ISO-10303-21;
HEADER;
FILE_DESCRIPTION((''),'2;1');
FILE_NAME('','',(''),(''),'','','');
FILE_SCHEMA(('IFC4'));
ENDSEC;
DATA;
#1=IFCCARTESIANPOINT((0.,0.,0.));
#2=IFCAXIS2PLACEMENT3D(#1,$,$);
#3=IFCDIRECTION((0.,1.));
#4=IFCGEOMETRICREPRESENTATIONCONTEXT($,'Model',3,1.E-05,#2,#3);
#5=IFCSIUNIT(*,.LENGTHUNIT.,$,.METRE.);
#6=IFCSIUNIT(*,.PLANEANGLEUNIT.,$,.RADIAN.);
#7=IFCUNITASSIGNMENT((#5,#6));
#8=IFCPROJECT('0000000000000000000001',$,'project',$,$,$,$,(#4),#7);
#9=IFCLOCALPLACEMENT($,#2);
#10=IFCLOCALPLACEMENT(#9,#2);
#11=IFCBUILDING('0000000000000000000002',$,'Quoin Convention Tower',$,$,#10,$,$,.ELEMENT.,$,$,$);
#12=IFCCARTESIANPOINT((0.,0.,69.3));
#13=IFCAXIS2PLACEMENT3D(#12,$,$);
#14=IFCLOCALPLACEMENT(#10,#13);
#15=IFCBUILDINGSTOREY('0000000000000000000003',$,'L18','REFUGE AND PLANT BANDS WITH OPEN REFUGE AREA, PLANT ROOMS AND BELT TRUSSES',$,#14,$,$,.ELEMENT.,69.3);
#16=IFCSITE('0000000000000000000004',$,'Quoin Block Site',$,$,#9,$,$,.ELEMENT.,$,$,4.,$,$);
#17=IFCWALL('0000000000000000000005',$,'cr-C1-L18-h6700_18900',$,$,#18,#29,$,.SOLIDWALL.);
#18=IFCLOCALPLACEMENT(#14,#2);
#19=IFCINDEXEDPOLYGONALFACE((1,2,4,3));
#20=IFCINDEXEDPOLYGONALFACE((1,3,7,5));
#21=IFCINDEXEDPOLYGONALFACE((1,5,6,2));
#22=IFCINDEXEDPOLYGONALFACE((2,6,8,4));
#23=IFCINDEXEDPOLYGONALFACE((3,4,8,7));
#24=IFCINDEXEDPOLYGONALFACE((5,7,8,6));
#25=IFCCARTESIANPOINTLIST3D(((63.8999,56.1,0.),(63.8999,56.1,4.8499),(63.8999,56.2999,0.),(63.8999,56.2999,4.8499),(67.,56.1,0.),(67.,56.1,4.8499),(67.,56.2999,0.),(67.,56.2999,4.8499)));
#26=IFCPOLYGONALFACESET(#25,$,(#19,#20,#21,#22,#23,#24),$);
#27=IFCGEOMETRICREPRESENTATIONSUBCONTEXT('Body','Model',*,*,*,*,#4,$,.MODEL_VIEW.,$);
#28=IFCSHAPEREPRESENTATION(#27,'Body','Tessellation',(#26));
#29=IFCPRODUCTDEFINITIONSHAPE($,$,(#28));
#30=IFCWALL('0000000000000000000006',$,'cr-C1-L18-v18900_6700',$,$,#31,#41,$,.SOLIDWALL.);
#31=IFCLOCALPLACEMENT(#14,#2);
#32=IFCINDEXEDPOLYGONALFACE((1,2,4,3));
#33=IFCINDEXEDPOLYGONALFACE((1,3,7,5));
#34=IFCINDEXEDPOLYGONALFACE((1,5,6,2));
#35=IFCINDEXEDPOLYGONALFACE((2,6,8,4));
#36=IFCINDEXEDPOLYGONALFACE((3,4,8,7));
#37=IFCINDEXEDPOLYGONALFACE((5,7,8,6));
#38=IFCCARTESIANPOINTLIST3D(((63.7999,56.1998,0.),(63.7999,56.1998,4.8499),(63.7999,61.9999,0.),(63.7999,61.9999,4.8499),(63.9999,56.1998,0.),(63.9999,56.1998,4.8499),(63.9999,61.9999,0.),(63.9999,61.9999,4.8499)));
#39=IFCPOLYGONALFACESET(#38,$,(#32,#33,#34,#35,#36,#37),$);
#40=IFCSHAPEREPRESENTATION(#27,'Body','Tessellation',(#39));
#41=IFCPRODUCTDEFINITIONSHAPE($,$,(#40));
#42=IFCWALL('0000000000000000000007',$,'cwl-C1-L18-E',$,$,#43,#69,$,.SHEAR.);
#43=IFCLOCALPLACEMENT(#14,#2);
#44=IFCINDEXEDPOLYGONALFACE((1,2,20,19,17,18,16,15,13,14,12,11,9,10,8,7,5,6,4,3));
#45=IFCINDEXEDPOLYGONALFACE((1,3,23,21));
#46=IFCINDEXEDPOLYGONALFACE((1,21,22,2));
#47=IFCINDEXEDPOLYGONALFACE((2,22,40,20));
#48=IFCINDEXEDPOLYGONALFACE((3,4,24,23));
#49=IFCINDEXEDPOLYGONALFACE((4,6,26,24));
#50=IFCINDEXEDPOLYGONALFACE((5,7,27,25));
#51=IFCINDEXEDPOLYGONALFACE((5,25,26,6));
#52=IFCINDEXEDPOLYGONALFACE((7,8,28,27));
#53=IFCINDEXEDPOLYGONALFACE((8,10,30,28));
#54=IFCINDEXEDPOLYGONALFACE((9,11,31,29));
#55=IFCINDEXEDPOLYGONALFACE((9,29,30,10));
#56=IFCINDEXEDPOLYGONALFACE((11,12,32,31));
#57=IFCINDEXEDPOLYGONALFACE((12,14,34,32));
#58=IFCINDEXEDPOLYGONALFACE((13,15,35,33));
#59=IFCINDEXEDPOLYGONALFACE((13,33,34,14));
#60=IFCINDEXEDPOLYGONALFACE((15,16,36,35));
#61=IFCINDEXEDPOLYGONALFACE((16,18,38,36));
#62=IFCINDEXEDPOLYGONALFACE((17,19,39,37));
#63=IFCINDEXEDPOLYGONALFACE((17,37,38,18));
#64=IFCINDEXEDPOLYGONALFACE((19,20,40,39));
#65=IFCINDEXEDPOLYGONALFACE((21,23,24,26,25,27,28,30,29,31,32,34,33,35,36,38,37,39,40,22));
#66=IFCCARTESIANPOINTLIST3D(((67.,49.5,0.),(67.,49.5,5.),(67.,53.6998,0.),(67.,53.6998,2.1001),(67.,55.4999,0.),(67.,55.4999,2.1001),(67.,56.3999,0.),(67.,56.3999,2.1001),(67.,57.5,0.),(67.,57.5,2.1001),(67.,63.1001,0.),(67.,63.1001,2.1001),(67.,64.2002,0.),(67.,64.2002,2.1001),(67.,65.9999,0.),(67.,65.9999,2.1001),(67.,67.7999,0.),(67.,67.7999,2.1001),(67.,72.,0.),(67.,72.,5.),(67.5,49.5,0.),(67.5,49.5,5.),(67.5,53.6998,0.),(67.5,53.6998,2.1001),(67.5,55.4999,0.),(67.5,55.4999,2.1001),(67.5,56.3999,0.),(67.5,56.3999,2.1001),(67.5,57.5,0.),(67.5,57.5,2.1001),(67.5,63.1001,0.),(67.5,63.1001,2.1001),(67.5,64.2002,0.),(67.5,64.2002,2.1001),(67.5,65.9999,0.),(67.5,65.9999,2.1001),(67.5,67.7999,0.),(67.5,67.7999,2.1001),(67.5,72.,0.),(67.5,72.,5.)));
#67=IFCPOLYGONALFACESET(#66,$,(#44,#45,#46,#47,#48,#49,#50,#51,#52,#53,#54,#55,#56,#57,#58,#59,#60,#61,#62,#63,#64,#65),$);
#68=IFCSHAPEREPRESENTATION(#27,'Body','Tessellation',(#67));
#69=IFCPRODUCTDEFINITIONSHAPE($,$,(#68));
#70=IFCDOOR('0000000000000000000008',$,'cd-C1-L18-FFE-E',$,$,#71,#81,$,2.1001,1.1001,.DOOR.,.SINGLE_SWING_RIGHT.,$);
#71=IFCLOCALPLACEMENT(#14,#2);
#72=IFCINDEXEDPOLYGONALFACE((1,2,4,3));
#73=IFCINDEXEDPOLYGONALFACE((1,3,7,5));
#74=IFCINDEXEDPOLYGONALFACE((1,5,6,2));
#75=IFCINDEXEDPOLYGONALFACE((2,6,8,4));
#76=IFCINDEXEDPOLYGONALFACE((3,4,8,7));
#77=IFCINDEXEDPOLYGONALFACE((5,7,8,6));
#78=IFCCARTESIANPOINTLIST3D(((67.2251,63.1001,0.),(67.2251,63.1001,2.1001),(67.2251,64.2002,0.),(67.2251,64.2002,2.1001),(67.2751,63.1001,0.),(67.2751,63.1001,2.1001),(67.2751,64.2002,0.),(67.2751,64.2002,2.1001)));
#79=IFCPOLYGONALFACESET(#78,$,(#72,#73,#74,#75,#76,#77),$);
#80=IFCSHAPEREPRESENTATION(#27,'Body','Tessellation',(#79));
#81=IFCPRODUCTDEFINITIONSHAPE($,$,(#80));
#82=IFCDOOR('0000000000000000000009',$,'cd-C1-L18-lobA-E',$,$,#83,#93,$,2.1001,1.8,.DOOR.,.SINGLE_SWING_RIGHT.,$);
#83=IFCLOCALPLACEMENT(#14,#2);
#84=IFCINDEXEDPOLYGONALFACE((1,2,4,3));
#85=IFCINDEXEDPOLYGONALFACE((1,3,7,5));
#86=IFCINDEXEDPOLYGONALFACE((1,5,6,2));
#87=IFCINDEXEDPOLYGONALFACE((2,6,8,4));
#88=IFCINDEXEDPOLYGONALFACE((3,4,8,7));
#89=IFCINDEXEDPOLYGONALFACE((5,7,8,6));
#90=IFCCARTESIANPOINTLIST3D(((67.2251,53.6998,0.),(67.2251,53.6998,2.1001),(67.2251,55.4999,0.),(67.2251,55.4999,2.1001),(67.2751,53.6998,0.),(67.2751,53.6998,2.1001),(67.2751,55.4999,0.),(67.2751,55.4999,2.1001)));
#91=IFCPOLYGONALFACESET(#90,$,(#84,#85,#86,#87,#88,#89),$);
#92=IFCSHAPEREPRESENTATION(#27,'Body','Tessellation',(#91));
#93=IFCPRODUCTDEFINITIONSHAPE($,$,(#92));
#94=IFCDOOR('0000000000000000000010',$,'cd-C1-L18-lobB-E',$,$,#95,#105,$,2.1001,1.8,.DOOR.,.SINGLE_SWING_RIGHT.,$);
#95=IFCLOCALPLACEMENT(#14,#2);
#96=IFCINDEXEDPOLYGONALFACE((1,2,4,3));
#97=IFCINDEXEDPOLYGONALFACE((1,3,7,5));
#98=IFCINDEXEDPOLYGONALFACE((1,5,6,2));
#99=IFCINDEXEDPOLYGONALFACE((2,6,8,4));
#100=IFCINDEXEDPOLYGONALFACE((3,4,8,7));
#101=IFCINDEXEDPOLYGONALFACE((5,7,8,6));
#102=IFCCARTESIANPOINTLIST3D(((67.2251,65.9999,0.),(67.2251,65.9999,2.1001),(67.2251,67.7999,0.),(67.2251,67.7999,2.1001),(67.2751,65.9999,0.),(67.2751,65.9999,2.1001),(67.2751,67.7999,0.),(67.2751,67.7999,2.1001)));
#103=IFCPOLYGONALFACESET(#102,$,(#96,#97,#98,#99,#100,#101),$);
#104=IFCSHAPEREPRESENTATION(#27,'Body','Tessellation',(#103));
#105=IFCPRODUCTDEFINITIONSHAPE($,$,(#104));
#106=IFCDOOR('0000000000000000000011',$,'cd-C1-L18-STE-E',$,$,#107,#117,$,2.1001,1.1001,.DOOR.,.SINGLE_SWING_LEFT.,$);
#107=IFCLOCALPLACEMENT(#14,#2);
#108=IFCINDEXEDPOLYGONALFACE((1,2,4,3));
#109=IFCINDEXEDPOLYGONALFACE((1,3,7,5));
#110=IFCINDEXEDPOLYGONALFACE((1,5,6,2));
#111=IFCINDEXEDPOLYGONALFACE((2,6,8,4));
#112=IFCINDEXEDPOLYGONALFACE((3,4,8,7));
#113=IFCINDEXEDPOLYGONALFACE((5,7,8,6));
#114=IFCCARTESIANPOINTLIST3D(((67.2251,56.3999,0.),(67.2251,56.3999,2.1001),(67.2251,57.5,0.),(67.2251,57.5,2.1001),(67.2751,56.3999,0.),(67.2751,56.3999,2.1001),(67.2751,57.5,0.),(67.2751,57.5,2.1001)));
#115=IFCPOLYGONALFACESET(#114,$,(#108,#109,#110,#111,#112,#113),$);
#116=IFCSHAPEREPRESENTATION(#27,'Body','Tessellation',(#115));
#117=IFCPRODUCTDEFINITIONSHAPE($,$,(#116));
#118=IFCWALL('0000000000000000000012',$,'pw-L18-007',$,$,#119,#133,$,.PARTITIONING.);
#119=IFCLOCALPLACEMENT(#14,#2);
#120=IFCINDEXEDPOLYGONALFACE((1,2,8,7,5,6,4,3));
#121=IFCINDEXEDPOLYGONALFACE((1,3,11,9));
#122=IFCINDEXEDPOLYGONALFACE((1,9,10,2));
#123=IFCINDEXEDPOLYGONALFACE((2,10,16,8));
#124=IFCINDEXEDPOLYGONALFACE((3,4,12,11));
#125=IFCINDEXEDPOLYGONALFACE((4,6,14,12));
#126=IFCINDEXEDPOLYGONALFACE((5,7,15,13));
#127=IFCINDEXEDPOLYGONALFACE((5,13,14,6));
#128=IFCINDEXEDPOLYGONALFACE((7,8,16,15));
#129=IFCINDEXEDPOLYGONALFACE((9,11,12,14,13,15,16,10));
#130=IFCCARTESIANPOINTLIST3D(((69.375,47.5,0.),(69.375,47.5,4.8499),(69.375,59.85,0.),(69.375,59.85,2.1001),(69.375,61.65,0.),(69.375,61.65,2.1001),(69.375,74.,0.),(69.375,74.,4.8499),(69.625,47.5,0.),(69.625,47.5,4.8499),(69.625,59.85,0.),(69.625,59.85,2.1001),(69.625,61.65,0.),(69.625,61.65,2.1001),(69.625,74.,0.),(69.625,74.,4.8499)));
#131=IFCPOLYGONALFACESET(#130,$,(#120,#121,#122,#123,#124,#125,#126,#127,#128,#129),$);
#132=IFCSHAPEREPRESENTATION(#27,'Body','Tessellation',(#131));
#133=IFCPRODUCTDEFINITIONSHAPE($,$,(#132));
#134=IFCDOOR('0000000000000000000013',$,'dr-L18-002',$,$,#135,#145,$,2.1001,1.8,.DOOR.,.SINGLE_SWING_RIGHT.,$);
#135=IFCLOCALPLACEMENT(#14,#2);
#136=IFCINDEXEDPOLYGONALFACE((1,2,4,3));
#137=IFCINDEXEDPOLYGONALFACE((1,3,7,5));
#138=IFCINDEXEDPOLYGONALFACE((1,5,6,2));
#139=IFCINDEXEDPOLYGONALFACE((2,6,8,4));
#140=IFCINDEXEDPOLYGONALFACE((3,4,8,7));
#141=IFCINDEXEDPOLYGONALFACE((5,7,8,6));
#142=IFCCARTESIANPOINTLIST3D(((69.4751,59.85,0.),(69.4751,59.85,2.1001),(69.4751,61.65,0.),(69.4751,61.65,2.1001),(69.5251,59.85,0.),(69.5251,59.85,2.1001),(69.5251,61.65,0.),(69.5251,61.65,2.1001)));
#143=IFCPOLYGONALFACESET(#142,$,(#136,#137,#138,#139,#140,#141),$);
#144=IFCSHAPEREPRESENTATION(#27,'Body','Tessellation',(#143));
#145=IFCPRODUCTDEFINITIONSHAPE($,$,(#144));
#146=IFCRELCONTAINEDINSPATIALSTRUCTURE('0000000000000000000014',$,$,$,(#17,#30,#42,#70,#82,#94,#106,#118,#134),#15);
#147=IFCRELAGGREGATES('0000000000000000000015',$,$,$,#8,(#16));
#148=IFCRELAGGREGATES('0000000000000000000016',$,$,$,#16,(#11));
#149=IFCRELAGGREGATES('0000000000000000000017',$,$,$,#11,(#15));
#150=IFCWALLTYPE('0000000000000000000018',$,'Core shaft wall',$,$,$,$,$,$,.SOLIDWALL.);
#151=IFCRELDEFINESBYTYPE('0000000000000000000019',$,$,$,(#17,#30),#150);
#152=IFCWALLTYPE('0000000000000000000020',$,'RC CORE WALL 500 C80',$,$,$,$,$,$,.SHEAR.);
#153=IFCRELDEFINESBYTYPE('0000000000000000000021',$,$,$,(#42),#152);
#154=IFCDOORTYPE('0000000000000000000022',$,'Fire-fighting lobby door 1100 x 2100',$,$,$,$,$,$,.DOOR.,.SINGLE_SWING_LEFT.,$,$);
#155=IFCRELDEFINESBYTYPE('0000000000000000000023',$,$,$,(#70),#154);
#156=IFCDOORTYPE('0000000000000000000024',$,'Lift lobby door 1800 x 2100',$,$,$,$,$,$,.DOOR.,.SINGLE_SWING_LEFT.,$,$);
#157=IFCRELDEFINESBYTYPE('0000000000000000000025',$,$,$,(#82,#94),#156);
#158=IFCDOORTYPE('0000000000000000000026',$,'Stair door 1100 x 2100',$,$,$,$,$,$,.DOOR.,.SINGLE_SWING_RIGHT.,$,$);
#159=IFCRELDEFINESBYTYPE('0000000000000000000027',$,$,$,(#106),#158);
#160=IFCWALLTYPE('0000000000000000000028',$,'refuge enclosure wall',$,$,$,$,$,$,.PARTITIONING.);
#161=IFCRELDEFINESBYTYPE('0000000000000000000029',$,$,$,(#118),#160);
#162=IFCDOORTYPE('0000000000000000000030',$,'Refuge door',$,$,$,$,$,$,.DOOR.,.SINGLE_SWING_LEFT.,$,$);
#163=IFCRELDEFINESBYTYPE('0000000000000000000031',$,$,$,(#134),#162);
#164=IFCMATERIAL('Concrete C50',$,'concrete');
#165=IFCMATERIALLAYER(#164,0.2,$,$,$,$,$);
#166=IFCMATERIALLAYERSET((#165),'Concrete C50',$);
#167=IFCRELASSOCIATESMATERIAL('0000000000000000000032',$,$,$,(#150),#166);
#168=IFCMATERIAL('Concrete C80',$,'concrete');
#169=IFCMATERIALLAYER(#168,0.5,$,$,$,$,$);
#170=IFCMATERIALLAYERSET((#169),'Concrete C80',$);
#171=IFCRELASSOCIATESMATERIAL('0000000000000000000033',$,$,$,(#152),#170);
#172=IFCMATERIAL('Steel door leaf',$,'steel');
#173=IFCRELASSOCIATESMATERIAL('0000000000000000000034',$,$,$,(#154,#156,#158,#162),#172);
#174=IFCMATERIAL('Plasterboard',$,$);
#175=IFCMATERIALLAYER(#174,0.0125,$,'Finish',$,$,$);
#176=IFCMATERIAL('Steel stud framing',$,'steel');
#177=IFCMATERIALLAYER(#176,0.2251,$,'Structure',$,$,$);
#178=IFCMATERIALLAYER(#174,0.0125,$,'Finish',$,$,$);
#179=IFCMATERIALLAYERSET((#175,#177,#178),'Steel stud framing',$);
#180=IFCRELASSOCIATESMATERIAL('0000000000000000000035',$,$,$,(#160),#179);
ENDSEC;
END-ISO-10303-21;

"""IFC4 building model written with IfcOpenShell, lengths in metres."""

from ifc_helpers import new_model, si_unit, direction, frame, frame_2d, origin, place, context, subcontext, project, spatial, rectangle, extrude, material, layer, layer_set, type_object, element, fill, save


model = new_model("IFC4")

# Units and contexts
model_context = context("Model", 3, precision=1e-05, world=origin(), true_north=direction((0.0, 1.0)))
body_context = subcontext(model_context, "Body", "Model", "MODEL_VIEW")
ifc_project = project(units=[si_unit("LENGTHUNIT", "METRE"), si_unit("PLANEANGLEUNIT", "RADIAN")], contexts=[model_context])

# Site, building, storey
site_placement = place(None, origin())
site = spatial("IfcSite", under=ifc_project, at=site_placement, Name="Quoin Block Site", CompositionType="ELEMENT", RefElevation=4.0)
building_placement = place(site_placement, origin())
building = spatial("IfcBuilding", under=site, at=building_placement, Name="Quoin Convention Tower", CompositionType="ELEMENT")
storey_placement = place(building_placement, frame((0.0, 0.0, 69.3)))
storey = spatial("IfcBuildingStorey", under=building, at=storey_placement, Name="L18", Description="REFUGE AND PLANT BANDS WITH OPEN REFUGE AREA, PLANT ROOMS AND BELT TRUSSES", CompositionType="ELEMENT", Elevation=69.3)

# Shared definitions
ifc_material_1 = material(Name="Concrete C80", Category="concrete")

# Walls
ifc_material_2 = material(Name="Plasterboard")
ifc_material_3 = material(Name="Steel stud framing", Category="steel")
ifc_material_4 = material(Name="Concrete C50", Category="concrete")
ifc_layer_1 = layer(ifc_material_4, 0.2)
ifc_layer_set_1 = layer_set([ifc_layer_1], Name="Concrete C50")
wall_type_1 = type_object("IfcWallType", Name="Core shaft wall", PredefinedType="SOLIDWALL", material=ifc_layer_set_1)
wall_1_placement = place(storey_placement, frame((63.8999, 56.2, 0.0), z_axis=(0.0, 0.0, 1.0), x_axis=(1.0, 0.0, 0.0)))
element("IfcWall", 1, at=wall_1_placement, inside=storey, type_object=wall_type_1, Name="cr-C1-L18-h6700_18900", PredefinedType="SOLIDWALL", context=body_context, shape_type="SweptSolid", body=[
    extrude(rectangle(XDim=3.1001, YDim=0.2, at=frame_2d((1.55, 0.0))), origin(), (0.0, 0.0, 1.0), 4.8499),
])
wall_2_placement = place(storey_placement, frame((63.8999, 56.2, 0.0), z_axis=(0.0, 0.0, 1.0), x_axis=(0.0, 1.0, 0.0)))
element("IfcWall", 2, at=wall_2_placement, inside=storey, type_object=wall_type_1, Name="cr-C1-L18-v18900_6700", PredefinedType="SOLIDWALL", context=body_context, shape_type="SweptSolid", body=[
    extrude(rectangle(XDim=5.8, YDim=0.2, at=frame_2d((2.8999, 0.0))), origin(), (0.0, 0.0, 1.0), 4.8499),
])

# Wall, openings, doors
ifc_layer_2 = layer(ifc_material_1, 0.5)
ifc_layer_set_2 = layer_set([ifc_layer_2], Name="Concrete C80")
wall_type_2 = type_object("IfcWallType", Name="RC CORE WALL 500 C80", PredefinedType="SHEAR", material=ifc_layer_set_2)
wall_3_placement = place(storey_placement, frame((67.25, 49.5, 0.0), z_axis=(0.0, 0.0, 1.0), x_axis=(0.0, 1.0, 0.0)))
wall_3 = element("IfcWall", 3, at=wall_3_placement, inside=storey, type_object=wall_type_2, Name="cwl-C1-L18-E", PredefinedType="SHEAR", context=body_context, shape_type="SweptSolid", body=[
    extrude(rectangle(XDim=22.5, YDim=0.5, at=frame_2d((11.25, 0.0))), origin(), (0.0, 0.0, 1.0), 5.0),
])
opening_1_placement = place(wall_3_placement, frame((4.2, 0.0, 0.0)))
opening_1 = element("IfcOpeningElement", 4, at=opening_1_placement, cuts=wall_3, PredefinedType="OPENING", context=body_context, shape_type="SweptSolid", body=[
    extrude(rectangle(XDim=1.8, YDim=2.1001, at=frame_2d((0.8999, 1.05))), frame((0.0, 0.26, 0.0), z_axis=(0.0, -1.0, 0.0), x_axis=(1.0, 0.0, 0.0)), (0.0, 0.0, 1.0), 0.52),
])
opening_2_placement = place(wall_3_placement, frame((6.8999, 0.0, 0.0)))
opening_2 = element("IfcOpeningElement", 5, at=opening_2_placement, cuts=wall_3, PredefinedType="OPENING", context=body_context, shape_type="SweptSolid", body=[
    extrude(rectangle(XDim=1.1001, YDim=2.1001, at=frame_2d((0.55, 1.05))), frame((0.0, 0.26, 0.0), z_axis=(0.0, -1.0, 0.0), x_axis=(1.0, 0.0, 0.0)), (0.0, 0.0, 1.0), 0.52),
])
opening_3_placement = place(wall_3_placement, frame((13.6001, 0.0, 0.0)))
opening_3 = element("IfcOpeningElement", 6, at=opening_3_placement, cuts=wall_3, PredefinedType="OPENING", context=body_context, shape_type="SweptSolid", body=[
    extrude(rectangle(XDim=1.1001, YDim=2.1001, at=frame_2d((0.55, 1.05))), frame((0.0, 0.26, 0.0), z_axis=(0.0, -1.0, 0.0), x_axis=(1.0, 0.0, 0.0)), (0.0, 0.0, 1.0), 0.52),
])
opening_4_placement = place(wall_3_placement, frame((16.5, 0.0, 0.0)))
opening_4 = element("IfcOpeningElement", 7, at=opening_4_placement, cuts=wall_3, PredefinedType="OPENING", context=body_context, shape_type="SweptSolid", body=[
    extrude(rectangle(XDim=1.8, YDim=2.1001, at=frame_2d((0.8999, 1.05))), frame((0.0, 0.26, 0.0), z_axis=(0.0, -1.0, 0.0), x_axis=(1.0, 0.0, 0.0)), (0.0, 0.0, 1.0), 0.52),
])
ifc_material_5 = material(Name="Steel door leaf", Category="steel")
door_type_1 = type_object("IfcDoorType", Name="Fire-fighting lobby door 1100 x 2100", OperationType="SINGLE_SWING_LEFT", PredefinedType="DOOR", material=ifc_material_5)
door_1_placement = place(opening_3_placement, origin())
door_1 = element("IfcDoor", 8, at=door_1_placement, inside=storey, type_object=door_type_1, Name="cd-C1-L18-FFE-E", OperationType="SINGLE_SWING_RIGHT", OverallHeight=2.1001, OverallWidth=1.1001, PredefinedType="DOOR", context=body_context, shape_type="SweptSolid", body=[
    extrude(rectangle(XDim=1.1001, YDim=2.1001, at=frame_2d((0.55, 1.05))), frame((0.0, 0.0249, 0.0), z_axis=(0.0, -1.0, 0.0), x_axis=(1.0, 0.0, 0.0)), (0.0, 0.0, 1.0), 0.05),
])
fill(opening_3, door_1)
door_type_2 = type_object("IfcDoorType", Name="Lift lobby door 1800 x 2100", OperationType="SINGLE_SWING_LEFT", PredefinedType="DOOR", material=ifc_material_5)
door_2_placement = place(opening_1_placement, origin())
door_2 = element("IfcDoor", 9, at=door_2_placement, inside=storey, type_object=door_type_2, Name="cd-C1-L18-lobA-E", OperationType="SINGLE_SWING_RIGHT", OverallHeight=2.1001, OverallWidth=1.8, PredefinedType="DOOR", context=body_context, shape_type="SweptSolid", body=[
    extrude(rectangle(XDim=1.8, YDim=2.1001, at=frame_2d((0.8999, 1.05))), frame((0.0, 0.0249, 0.0), z_axis=(0.0, -1.0, 0.0), x_axis=(1.0, 0.0, 0.0)), (0.0, 0.0, 1.0), 0.05),
])
fill(opening_1, door_2)
door_3_placement = place(opening_4_placement, origin())
door_3 = element("IfcDoor", 10, at=door_3_placement, inside=storey, type_object=door_type_2, Name="cd-C1-L18-lobB-E", OperationType="SINGLE_SWING_RIGHT", OverallHeight=2.1001, OverallWidth=1.8, PredefinedType="DOOR", context=body_context, shape_type="SweptSolid", body=[
    extrude(rectangle(XDim=1.8, YDim=2.1001, at=frame_2d((0.8999, 1.05))), frame((0.0, 0.0249, 0.0), z_axis=(0.0, -1.0, 0.0), x_axis=(1.0, 0.0, 0.0)), (0.0, 0.0, 1.0), 0.05),
])
fill(opening_4, door_3)
door_type_3 = type_object("IfcDoorType", Name="Stair door 1100 x 2100", OperationType="SINGLE_SWING_RIGHT", PredefinedType="DOOR", material=ifc_material_5)
door_4_placement = place(opening_2_placement, origin())
door_4 = element("IfcDoor", 11, at=door_4_placement, inside=storey, type_object=door_type_3, Name="cd-C1-L18-STE-E", OperationType="SINGLE_SWING_LEFT", OverallHeight=2.1001, OverallWidth=1.1001, PredefinedType="DOOR", context=body_context, shape_type="SweptSolid", body=[
    extrude(rectangle(XDim=1.1001, YDim=2.1001, at=frame_2d((0.55, 1.05))), frame((0.0, 0.0249, 0.0), z_axis=(0.0, -1.0, 0.0), x_axis=(1.0, 0.0, 0.0)), (0.0, 0.0, 1.0), 0.05),
])
fill(opening_2, door_4)

# Wall, opening, door
ifc_layer_3 = layer(ifc_material_2, 0.0125, Name="Finish")
ifc_layer_4 = layer(ifc_material_3, 0.2251, Name="Structure")
ifc_layer_5 = layer(ifc_material_2, 0.0125, Name="Finish")
ifc_layer_set_3 = layer_set([ifc_layer_3, ifc_layer_4, ifc_layer_5], Name="Steel stud framing")
wall_type_3 = type_object("IfcWallType", Name="refuge enclosure wall", PredefinedType="PARTITIONING", material=ifc_layer_set_3)
wall_4_placement = place(storey_placement, frame((69.5, 47.5, 0.0), z_axis=(0.0, 0.0, 1.0), x_axis=(0.0, 1.0, 0.0)))
wall_4 = element("IfcWall", 12, at=wall_4_placement, inside=storey, type_object=wall_type_3, Name="pw-L18-007", PredefinedType="PARTITIONING", context=body_context, shape_type="SweptSolid", body=[
    extrude(rectangle(XDim=26.5, YDim=0.25, at=frame_2d((13.25, 0.0))), origin(), (0.0, 0.0, 1.0), 4.8499),
])
opening_5_placement = place(wall_4_placement, frame((12.3501, 0.0, 0.0)))
opening_5 = element("IfcOpeningElement", 13, at=opening_5_placement, cuts=wall_4, PredefinedType="OPENING", context=body_context, shape_type="SweptSolid", body=[
    extrude(rectangle(XDim=1.8, YDim=2.1001, at=frame_2d((0.8999, 1.05))), frame((0.0, 0.135, 0.0), z_axis=(0.0, -1.0, 0.0), x_axis=(1.0, 0.0, 0.0)), (0.0, 0.0, 1.0), 0.27),
])
door_type_4 = type_object("IfcDoorType", Name="Refuge door", OperationType="SINGLE_SWING_LEFT", PredefinedType="DOOR", material=ifc_material_5)
door_5_placement = place(opening_5_placement, origin())
door_5 = element("IfcDoor", 14, at=door_5_placement, inside=storey, type_object=door_type_4, Name="dr-L18-002", OperationType="SINGLE_SWING_RIGHT", OverallHeight=2.1001, OverallWidth=1.8, PredefinedType="DOOR", context=body_context, shape_type="SweptSolid", body=[
    extrude(rectangle(XDim=1.8, YDim=2.1001, at=frame_2d((0.8999, 1.05))), frame((0.0, 0.0249, 0.0), z_axis=(0.0, -1.0, 0.0), x_axis=(1.0, 0.0, 0.0)), (0.0, 0.0, 1.0), 0.05),
])
fill(opening_5, door_5)

save(model, "model.ifc")
